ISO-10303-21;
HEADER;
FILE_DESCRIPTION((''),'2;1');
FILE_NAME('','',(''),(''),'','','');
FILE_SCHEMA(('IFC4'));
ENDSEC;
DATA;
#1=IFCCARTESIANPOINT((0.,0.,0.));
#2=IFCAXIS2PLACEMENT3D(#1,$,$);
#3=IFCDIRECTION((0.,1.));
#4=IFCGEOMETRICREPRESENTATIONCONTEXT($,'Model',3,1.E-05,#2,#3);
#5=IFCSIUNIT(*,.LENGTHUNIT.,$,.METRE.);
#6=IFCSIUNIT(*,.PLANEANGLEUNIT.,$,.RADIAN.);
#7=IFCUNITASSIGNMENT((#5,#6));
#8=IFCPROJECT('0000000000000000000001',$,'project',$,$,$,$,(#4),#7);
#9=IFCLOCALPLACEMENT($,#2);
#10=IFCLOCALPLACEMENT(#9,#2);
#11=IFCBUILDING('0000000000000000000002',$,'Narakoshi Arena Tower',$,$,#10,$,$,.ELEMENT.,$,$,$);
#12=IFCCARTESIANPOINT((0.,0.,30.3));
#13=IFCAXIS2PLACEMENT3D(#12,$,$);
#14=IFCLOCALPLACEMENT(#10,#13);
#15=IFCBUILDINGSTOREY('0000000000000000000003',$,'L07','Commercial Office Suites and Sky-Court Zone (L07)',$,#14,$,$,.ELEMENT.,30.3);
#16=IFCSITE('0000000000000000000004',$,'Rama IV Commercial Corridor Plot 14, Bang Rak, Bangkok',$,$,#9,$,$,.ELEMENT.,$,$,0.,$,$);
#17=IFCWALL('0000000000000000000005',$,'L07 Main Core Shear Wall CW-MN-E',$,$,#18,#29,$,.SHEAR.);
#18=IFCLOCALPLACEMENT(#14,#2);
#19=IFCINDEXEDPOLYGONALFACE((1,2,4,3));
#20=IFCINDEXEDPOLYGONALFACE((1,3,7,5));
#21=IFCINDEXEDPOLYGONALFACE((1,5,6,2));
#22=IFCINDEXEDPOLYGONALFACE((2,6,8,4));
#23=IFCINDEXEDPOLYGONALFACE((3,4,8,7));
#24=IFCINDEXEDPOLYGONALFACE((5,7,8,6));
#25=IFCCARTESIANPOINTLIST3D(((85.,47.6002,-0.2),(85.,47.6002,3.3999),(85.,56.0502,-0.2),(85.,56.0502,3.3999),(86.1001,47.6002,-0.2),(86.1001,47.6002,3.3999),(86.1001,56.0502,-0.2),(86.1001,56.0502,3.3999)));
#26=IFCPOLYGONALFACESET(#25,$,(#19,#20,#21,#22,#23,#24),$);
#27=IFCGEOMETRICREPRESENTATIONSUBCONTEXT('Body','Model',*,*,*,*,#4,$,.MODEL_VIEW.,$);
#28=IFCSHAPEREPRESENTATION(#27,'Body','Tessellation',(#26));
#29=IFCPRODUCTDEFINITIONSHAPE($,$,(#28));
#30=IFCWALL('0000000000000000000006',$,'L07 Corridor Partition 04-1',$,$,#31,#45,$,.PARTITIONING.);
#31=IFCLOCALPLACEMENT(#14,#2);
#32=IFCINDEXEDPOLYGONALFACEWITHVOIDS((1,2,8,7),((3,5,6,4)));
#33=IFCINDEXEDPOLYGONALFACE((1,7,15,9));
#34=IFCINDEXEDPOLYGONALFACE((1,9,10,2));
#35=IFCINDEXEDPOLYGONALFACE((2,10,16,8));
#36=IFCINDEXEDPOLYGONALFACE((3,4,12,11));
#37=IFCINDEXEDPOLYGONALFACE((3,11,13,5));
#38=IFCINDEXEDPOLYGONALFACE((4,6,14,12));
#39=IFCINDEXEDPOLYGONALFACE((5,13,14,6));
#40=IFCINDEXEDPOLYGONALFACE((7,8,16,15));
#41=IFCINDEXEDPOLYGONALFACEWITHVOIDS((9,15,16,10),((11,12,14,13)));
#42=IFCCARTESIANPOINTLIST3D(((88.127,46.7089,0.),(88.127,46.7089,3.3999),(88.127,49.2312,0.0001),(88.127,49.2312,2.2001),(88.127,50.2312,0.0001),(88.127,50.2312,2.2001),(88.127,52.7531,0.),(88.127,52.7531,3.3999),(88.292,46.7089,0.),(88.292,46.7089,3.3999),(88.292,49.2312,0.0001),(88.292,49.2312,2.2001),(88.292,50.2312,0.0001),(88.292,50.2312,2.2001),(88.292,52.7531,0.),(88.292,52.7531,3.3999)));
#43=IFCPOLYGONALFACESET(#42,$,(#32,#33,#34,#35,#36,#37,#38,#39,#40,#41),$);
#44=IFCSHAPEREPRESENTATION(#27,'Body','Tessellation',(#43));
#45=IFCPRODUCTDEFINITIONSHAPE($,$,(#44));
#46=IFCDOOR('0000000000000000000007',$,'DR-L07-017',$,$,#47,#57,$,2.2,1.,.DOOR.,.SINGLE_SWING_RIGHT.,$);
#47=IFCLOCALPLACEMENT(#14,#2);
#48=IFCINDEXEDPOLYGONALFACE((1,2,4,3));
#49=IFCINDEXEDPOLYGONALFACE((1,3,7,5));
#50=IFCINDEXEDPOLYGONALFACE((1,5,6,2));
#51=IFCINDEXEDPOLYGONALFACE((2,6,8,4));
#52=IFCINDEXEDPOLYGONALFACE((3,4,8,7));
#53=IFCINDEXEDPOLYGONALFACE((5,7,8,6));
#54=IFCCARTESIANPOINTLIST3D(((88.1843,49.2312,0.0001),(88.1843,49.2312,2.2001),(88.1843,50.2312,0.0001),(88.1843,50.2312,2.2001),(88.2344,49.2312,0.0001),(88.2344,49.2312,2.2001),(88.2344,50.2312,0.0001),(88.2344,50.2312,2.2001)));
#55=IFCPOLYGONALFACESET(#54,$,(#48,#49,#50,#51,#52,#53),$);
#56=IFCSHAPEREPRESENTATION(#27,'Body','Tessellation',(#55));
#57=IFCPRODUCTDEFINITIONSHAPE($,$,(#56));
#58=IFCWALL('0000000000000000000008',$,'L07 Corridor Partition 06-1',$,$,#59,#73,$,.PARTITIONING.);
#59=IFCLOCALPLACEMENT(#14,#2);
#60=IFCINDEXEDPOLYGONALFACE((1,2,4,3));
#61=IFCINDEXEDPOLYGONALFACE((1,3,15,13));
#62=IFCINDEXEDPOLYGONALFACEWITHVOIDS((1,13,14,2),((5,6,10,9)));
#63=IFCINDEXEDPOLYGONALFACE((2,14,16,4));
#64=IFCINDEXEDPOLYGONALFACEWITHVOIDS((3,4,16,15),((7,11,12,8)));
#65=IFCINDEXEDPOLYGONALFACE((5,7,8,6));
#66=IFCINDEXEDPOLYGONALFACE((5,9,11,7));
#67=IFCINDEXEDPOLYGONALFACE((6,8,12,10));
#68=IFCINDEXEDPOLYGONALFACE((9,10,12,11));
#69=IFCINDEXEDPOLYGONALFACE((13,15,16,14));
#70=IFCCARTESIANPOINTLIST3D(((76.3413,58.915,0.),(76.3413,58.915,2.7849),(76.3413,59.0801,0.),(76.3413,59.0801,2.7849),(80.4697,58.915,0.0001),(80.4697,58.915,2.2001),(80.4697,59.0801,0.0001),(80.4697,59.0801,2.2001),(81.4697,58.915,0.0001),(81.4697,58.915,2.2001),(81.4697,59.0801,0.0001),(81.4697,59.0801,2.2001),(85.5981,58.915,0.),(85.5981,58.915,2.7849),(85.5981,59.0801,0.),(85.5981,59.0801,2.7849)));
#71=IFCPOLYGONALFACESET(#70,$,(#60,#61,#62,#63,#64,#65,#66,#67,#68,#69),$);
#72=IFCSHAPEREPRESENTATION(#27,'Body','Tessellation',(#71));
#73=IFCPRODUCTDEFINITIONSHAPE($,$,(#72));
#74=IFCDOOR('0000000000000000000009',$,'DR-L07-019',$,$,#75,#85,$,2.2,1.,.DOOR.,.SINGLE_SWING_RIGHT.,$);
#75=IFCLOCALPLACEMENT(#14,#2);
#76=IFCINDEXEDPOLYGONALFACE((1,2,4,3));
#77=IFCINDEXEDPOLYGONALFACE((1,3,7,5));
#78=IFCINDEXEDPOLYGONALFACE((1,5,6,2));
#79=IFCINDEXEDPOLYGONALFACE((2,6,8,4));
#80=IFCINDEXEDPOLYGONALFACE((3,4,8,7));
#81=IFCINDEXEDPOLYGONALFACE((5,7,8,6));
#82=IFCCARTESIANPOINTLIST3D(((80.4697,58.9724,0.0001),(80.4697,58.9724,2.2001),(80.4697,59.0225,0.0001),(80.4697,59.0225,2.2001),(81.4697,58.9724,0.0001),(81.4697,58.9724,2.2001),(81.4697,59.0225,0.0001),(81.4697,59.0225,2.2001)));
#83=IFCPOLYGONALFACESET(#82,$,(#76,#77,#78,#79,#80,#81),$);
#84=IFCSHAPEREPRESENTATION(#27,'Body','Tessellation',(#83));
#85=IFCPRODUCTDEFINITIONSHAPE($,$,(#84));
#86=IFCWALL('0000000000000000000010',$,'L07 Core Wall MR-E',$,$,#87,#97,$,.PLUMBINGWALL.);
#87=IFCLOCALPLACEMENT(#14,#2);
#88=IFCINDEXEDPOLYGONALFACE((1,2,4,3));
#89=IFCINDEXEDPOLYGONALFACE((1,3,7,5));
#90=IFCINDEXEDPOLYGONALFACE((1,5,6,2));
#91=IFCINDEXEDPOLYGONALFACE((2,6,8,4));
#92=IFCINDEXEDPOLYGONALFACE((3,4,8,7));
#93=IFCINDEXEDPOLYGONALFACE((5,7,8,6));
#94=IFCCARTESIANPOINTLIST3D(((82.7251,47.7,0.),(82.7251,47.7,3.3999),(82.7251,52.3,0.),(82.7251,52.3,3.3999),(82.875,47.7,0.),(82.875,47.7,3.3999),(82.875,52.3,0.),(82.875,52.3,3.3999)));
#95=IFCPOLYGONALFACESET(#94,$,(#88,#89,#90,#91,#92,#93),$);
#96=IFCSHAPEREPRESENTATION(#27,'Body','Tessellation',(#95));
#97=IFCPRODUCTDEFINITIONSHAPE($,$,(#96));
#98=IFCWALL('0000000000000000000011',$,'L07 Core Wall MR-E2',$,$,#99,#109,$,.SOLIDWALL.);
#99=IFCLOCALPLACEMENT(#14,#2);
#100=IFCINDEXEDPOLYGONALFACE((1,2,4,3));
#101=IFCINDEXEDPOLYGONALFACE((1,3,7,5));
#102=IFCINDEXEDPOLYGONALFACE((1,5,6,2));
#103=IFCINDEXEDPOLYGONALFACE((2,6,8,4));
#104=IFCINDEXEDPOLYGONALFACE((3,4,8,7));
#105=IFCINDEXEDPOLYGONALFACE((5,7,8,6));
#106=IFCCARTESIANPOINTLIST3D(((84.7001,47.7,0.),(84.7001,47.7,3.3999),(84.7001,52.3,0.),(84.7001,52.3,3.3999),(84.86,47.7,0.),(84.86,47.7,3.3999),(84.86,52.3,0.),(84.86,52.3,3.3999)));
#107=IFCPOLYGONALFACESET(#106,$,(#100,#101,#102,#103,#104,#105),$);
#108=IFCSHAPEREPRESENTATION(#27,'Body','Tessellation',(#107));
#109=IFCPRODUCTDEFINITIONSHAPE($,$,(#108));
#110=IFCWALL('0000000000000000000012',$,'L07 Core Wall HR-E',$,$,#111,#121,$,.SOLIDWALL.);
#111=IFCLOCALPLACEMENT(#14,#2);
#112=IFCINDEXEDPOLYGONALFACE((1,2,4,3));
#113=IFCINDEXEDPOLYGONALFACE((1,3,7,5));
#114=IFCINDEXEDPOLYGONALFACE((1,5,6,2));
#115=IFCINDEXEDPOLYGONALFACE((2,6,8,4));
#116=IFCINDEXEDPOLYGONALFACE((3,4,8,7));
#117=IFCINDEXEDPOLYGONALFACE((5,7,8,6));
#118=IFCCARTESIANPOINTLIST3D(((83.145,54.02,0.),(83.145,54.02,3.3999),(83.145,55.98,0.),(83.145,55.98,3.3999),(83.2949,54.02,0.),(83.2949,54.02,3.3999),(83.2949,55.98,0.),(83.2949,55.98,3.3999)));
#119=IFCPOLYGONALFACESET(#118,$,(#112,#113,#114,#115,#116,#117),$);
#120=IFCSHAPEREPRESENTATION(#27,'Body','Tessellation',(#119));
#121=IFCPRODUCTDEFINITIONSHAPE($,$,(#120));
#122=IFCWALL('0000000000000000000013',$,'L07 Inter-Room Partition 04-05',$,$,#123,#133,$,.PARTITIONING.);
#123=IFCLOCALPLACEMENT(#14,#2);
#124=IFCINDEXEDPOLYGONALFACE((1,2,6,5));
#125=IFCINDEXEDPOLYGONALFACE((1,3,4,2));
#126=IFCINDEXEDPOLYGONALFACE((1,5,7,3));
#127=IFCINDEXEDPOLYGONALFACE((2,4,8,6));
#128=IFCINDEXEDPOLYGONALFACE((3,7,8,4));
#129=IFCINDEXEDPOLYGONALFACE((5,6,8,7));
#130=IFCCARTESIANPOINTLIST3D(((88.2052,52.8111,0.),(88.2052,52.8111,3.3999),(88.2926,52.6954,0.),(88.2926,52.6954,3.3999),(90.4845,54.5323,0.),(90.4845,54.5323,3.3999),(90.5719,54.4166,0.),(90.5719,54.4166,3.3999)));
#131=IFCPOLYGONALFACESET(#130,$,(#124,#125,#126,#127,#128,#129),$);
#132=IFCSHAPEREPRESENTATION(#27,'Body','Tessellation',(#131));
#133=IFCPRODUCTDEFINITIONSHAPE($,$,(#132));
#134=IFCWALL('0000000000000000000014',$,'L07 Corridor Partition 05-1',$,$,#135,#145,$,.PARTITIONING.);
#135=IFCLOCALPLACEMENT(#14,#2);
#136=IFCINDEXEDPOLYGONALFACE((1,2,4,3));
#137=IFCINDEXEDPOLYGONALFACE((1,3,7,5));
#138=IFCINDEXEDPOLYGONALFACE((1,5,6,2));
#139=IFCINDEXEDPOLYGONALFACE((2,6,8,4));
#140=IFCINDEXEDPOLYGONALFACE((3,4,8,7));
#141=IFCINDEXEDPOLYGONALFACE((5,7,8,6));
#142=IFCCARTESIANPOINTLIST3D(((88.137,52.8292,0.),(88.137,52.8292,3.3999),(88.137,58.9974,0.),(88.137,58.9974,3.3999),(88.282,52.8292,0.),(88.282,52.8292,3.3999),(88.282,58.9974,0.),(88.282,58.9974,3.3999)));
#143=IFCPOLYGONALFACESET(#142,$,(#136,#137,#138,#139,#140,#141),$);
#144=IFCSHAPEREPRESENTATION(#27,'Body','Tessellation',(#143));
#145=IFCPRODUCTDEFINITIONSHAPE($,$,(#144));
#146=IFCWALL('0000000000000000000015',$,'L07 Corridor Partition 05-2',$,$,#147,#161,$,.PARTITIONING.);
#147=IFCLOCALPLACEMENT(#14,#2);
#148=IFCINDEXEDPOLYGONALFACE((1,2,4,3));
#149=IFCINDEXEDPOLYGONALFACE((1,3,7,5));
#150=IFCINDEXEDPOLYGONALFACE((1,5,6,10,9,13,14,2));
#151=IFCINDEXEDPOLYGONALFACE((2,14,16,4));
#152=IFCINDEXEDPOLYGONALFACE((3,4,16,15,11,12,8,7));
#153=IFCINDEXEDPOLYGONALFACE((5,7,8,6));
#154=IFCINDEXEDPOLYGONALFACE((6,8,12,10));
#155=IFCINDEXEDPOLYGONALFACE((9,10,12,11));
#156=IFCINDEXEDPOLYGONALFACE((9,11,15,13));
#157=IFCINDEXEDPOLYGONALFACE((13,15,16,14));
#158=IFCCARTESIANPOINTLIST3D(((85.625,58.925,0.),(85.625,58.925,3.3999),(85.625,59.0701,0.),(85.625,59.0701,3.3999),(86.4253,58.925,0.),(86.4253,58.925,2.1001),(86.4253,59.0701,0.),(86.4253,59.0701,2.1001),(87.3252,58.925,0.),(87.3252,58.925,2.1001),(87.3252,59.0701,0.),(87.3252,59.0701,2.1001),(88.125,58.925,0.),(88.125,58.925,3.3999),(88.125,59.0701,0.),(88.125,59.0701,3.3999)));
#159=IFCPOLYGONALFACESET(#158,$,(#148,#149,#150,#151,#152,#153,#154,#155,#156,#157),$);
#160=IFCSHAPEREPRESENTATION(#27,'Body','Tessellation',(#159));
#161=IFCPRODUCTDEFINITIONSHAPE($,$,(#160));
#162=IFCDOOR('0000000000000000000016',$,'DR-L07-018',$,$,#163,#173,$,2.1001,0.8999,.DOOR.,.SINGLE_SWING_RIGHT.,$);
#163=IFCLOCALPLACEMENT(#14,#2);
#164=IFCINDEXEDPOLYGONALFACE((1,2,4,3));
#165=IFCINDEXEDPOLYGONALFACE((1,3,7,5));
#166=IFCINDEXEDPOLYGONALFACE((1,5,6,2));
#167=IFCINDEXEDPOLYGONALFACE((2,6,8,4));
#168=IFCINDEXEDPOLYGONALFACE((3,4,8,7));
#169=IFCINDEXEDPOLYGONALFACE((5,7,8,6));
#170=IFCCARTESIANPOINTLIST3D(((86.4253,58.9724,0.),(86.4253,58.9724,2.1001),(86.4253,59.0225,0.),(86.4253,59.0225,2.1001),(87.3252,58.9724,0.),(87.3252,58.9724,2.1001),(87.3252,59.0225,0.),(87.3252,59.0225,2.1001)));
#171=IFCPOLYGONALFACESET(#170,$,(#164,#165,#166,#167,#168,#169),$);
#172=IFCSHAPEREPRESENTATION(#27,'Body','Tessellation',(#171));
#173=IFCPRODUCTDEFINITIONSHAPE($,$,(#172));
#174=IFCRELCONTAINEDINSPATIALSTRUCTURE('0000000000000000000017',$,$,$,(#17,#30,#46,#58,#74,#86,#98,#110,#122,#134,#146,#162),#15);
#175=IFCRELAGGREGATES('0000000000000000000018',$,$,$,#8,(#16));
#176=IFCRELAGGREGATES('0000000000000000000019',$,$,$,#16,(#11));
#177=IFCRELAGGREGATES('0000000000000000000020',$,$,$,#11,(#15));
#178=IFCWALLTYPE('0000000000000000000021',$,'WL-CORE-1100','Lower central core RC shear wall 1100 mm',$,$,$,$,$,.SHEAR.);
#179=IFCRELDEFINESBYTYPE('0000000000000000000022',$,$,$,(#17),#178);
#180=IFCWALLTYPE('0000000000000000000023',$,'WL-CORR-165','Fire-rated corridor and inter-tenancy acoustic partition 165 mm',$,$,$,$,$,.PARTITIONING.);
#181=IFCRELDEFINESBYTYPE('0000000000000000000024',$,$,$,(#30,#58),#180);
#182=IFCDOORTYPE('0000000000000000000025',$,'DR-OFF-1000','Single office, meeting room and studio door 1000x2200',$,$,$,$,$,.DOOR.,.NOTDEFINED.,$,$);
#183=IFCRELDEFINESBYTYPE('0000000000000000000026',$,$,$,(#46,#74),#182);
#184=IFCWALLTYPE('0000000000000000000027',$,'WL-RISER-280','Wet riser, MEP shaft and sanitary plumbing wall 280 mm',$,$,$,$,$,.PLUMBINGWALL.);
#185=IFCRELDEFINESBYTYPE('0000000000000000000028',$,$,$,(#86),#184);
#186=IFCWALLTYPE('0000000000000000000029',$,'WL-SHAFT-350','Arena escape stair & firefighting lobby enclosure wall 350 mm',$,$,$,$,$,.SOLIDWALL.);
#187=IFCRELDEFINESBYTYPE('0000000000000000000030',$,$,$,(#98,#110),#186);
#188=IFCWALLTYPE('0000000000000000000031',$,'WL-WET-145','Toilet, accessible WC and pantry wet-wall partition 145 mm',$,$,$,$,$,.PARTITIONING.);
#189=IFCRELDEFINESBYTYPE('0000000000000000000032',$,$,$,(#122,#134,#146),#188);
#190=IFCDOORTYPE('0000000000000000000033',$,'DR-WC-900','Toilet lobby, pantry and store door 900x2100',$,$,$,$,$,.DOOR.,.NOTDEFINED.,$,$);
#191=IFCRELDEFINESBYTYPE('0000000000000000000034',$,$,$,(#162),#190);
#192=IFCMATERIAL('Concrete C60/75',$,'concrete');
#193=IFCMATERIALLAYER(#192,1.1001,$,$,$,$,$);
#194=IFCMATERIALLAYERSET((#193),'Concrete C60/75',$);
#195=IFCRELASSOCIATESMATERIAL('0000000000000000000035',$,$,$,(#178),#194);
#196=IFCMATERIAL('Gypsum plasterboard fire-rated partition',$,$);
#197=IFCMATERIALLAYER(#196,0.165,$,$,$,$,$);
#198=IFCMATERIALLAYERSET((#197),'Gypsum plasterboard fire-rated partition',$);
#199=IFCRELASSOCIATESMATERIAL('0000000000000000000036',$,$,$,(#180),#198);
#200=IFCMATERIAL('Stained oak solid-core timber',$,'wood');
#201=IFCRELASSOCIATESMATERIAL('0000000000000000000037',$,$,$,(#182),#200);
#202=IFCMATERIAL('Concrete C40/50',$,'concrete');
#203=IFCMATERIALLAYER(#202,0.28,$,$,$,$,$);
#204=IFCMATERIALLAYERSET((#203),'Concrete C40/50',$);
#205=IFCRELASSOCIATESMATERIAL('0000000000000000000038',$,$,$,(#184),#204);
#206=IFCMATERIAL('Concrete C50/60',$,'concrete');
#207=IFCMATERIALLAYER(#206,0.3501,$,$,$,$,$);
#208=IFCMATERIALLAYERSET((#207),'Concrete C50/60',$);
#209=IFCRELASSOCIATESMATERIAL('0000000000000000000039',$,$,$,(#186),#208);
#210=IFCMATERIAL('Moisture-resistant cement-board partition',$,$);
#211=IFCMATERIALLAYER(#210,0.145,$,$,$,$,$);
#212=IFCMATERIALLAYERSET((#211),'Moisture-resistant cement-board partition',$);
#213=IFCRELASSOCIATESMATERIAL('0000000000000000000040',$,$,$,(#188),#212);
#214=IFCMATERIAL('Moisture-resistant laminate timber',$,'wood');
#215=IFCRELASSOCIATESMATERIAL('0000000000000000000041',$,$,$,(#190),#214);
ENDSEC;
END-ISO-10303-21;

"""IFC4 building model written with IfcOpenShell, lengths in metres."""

from ifc_helpers import new_model, si_unit, direction, frame, frame_2d, origin, place, context, subcontext, project, spatial, rectangle, extrude, material, layer, layer_set, type_object, element, fill, save


model = new_model("IFC4")

# Units and contexts
model_context = context("Model", 3, precision=1e-05, world=origin(), true_north=direction((0.0, 1.0)))
body_context = subcontext(model_context, "Body", "Model", "MODEL_VIEW")
ifc_project = project(units=[si_unit("LENGTHUNIT", "METRE"), si_unit("PLANEANGLEUNIT", "RADIAN")], contexts=[model_context])

# Site, building, storey
site_placement = place(None, origin())
site = spatial("IfcSite", under=ifc_project, at=site_placement, Name="Rama IV Commercial Corridor Plot 14, Bang Rak, Bangkok", CompositionType="ELEMENT", RefElevation=0.0)
building_placement = place(site_placement, origin())
building = spatial("IfcBuilding", under=site, at=building_placement, Name="Narakoshi Arena Tower", CompositionType="ELEMENT")
storey_placement = place(building_placement, frame((0.0, 0.0, 30.3)))
storey = spatial("IfcBuildingStorey", under=building, at=storey_placement, Name="L07", Description="Commercial Office Suites and Sky-Court Zone (L07)", CompositionType="ELEMENT", Elevation=30.3)

# Shared definitions
ifc_material_1 = material(Name="Concrete C60/75", Category="concrete")

# Wall
ifc_layer_1 = layer(ifc_material_1, 1.1001)
ifc_layer_set_1 = layer_set([ifc_layer_1], Name="Concrete C60/75")
wall_type_1 = type_object("IfcWallType", Name="WL-CORE-1100", Description="Lower central core RC shear wall 1100 mm", PredefinedType="SHEAR", material=ifc_layer_set_1)
wall_1_placement = place(storey_placement, frame((85.55, 47.6001, -0.2), z_axis=(0.0, 0.0, 1.0), x_axis=(0.0, 1.0, 0.0)))
element("IfcWall", 1, at=wall_1_placement, inside=storey, type_object=wall_type_1, Name="L07 Main Core Shear Wall CW-MN-E", PredefinedType="SHEAR", context=body_context, shape_type="SweptSolid", body=[
    extrude(rectangle(XDim=8.45, YDim=1.1001, at=frame_2d((4.2251, 0.0))), origin(), (0.0, 0.0, 1.0), 3.5999),
])

# Walls, openings, doors
ifc_material_2 = material(Name="Gypsum plasterboard fire-rated partition")
ifc_layer_2 = layer(ifc_material_2, 0.165)
ifc_layer_set_2 = layer_set([ifc_layer_2], Name="Gypsum plasterboard fire-rated partition")
wall_type_2 = type_object("IfcWallType", Name="WL-CORR-165", Description="Fire-rated corridor and inter-tenancy acoustic partition 165 mm", PredefinedType="PARTITIONING", material=ifc_layer_set_2)
wall_2_placement = place(storey_placement, frame((88.2095, 46.709, 0.0), z_axis=(0.0, 0.0, 1.0), x_axis=(0.0, 1.0, 0.0)))
wall_2 = element("IfcWall", 2, at=wall_2_placement, inside=storey, type_object=wall_type_2, Name="L07 Corridor Partition 04-1", PredefinedType="PARTITIONING", context=body_context, shape_type="SweptSolid", body=[
    extrude(rectangle(XDim=6.0442, YDim=0.165, at=frame_2d((3.022, 0.0))), origin(), (0.0, 0.0, 1.0), 3.3999),
])
opening_1_placement = place(wall_2_placement, frame((2.5222, 0.0, 0.0)))
opening_1 = element("IfcOpeningElement", 3, at=opening_1_placement, cuts=wall_2, PredefinedType="OPENING", context=body_context, shape_type="SweptSolid", body=[
    extrude(rectangle(XDim=1.0, YDim=2.2, at=frame_2d((0.5, 1.1001))), frame((0.0, 0.0925, 0.0), z_axis=(0.0, -1.0, 0.0), x_axis=(1.0, 0.0, 0.0)), (0.0, 0.0, 1.0), 0.1851),
])
ifc_material_3 = material(Name="Stained oak solid-core timber", Category="wood")
door_type_1 = type_object("IfcDoorType", Name="DR-OFF-1000", Description="Single office, meeting room and studio door 1000x2200", OperationType="NOTDEFINED", PredefinedType="DOOR", material=ifc_material_3)
door_1_placement = place(opening_1_placement, frame((1.0, 0.0, 0.0), z_axis=(0.0, 0.0, 1.0), x_axis=(-1.0, 0.0, 0.0)))
door_1 = element("IfcDoor", 4, at=door_1_placement, inside=storey, type_object=door_type_1, Name="DR-L07-017", OperationType="SINGLE_SWING_RIGHT", OverallHeight=2.2, OverallWidth=1.0, PredefinedType="DOOR", context=body_context, shape_type="SweptSolid", body=[
    extrude(rectangle(XDim=1.0, YDim=2.2, at=frame_2d((0.5, 1.1001))), frame((0.0, 0.0249, 0.0), z_axis=(0.0, -1.0, 0.0), x_axis=(1.0, 0.0, 0.0)), (0.0, 0.0, 1.0), 0.05),
])
fill(opening_1, door_1)
wall_3_placement = place(storey_placement, frame((85.5981, 58.9976, 0.0), z_axis=(0.0, 0.0, 1.0), x_axis=(-1.0, 0.0, 0.0)))
wall_3 = element("IfcWall", 5, at=wall_3_placement, inside=storey, type_object=wall_type_2, Name="L07 Corridor Partition 06-1", PredefinedType="PARTITIONING", context=body_context, shape_type="SweptSolid", body=[
    extrude(rectangle(XDim=9.2568, YDim=0.165, at=frame_2d((4.6284, 0.0))), origin(), (0.0, 0.0, 1.0), 2.7849),
])
opening_2_placement = place(wall_3_placement, frame((4.1284, 0.0, 0.0)))
opening_2 = element("IfcOpeningElement", 6, at=opening_2_placement, cuts=wall_3, PredefinedType="OPENING", context=body_context, shape_type="SweptSolid", body=[
    extrude(rectangle(XDim=1.0, YDim=2.2, at=frame_2d((0.5, 1.1001))), frame((0.0, 0.0925, 0.0), z_axis=(0.0, -1.0, 0.0), x_axis=(1.0, 0.0, 0.0)), (0.0, 0.0, 1.0), 0.1851),
])
door_2_placement = place(opening_2_placement, frame((1.0, 0.0, 0.0), z_axis=(0.0, 0.0, 1.0), x_axis=(-1.0, 0.0, 0.0)))
door_2 = element("IfcDoor", 7, at=door_2_placement, inside=storey, type_object=door_type_1, Name="DR-L07-019", OperationType="SINGLE_SWING_RIGHT", OverallHeight=2.2, OverallWidth=1.0, PredefinedType="DOOR", context=body_context, shape_type="SweptSolid", body=[
    extrude(rectangle(XDim=1.0, YDim=2.2, at=frame_2d((0.5, 1.1001))), frame((0.0, 0.0249, 0.0), z_axis=(0.0, -1.0, 0.0), x_axis=(1.0, 0.0, 0.0)), (0.0, 0.0, 1.0), 0.05),
])
fill(opening_2, door_2)

# Walls
ifc_material_4 = material(Name="Concrete C40/50", Category="concrete")
ifc_layer_3 = layer(ifc_material_4, 0.28)
ifc_layer_set_3 = layer_set([ifc_layer_3], Name="Concrete C40/50")
wall_type_3 = type_object("IfcWallType", Name="WL-RISER-280", Description="Wet riser, MEP shaft and sanitary plumbing wall 280 mm", PredefinedType="PLUMBINGWALL", material=ifc_layer_set_3)
wall_4_placement = place(storey_placement, frame((82.8, 47.7, 0.0), z_axis=(0.0, 0.0, 1.0), x_axis=(0.0, 1.0, 0.0)))
element("IfcWall", 8, at=wall_4_placement, inside=storey, type_object=wall_type_3, Name="L07 Core Wall MR-E", PredefinedType="PLUMBINGWALL", context=body_context, shape_type="SweptSolid", body=[
    extrude(rectangle(XDim=4.6001, YDim=0.1499, at=frame_2d((2.3, 0.0))), origin(), (0.0, 0.0, 1.0), 3.3999),
])
ifc_material_5 = material(Name="Concrete C50/60", Category="concrete")
ifc_layer_4 = layer(ifc_material_5, 0.3501)
ifc_layer_set_4 = layer_set([ifc_layer_4], Name="Concrete C50/60")
wall_type_4 = type_object("IfcWallType", Name="WL-SHAFT-350", Description="Arena escape stair & firefighting lobby enclosure wall 350 mm", PredefinedType="SOLIDWALL", material=ifc_layer_set_4)
wall_5_placement = place(storey_placement, frame((84.78, 47.7, 0.0), z_axis=(0.0, 0.0, 1.0), x_axis=(0.0, 1.0, 0.0)))
element("IfcWall", 9, at=wall_5_placement, inside=storey, type_object=wall_type_4, Name="L07 Core Wall MR-E2", PredefinedType="SOLIDWALL", context=body_context, shape_type="SweptSolid", body=[
    extrude(rectangle(XDim=4.6001, YDim=0.1599, at=frame_2d((2.3, 0.0))), origin(), (0.0, 0.0, 1.0), 3.3999),
])
wall_6_placement = place(storey_placement, frame((83.22, 54.02, 0.0), z_axis=(0.0, 0.0, 1.0), x_axis=(0.0, 1.0, 0.0)))
element("IfcWall", 10, at=wall_6_placement, inside=storey, type_object=wall_type_4, Name="L07 Core Wall HR-E", PredefinedType="SOLIDWALL", context=body_context, shape_type="SweptSolid", body=[
    extrude(rectangle(XDim=1.96, YDim=0.1499, at=frame_2d((0.98, 0.0))), origin(), (0.0, 0.0, 1.0), 3.3999),
])
ifc_material_6 = material(Name="Moisture-resistant cement-board partition")
ifc_layer_5 = layer(ifc_material_6, 0.145)
ifc_layer_set_5 = layer_set([ifc_layer_5], Name="Moisture-resistant cement-board partition")
wall_type_5 = type_object("IfcWallType", Name="WL-WET-145", Description="Toilet, accessible WC and pantry wet-wall partition 145 mm", PredefinedType="PARTITIONING", material=ifc_layer_set_5)
wall_7_placement = place(storey_placement, frame((88.2488, 52.7532, 0.0), z_axis=(0.0, 0.0, 1.0), x_axis=(0.798026, 0.602623, 0.0)))
element("IfcWall", 11, at=wall_7_placement, inside=storey, type_object=wall_type_5, Name="L07 Inter-Room Partition 04-05", PredefinedType="PARTITIONING", context=body_context, shape_type="SweptSolid", body=[
    extrude(rectangle(XDim=2.8562, YDim=0.145, at=frame_2d((1.4282, 0.0))), origin(), (0.0, 0.0, 1.0), 3.3999),
])
wall_8_placement = place(storey_placement, frame((88.2095, 52.8293, 0.0), z_axis=(0.0, 0.0, 1.0), x_axis=(0.0, 1.0, 0.0)))
element("IfcWall", 12, at=wall_8_placement, inside=storey, type_object=wall_type_5, Name="L07 Corridor Partition 05-1", PredefinedType="PARTITIONING", context=body_context, shape_type="SweptSolid", body=[
    extrude(rectangle(XDim=6.1682, YDim=0.145, at=frame_2d((3.084, 0.0))), origin(), (0.0, 0.0, 1.0), 3.3999),
])

# Wall, opening, door
wall_9_placement = place(storey_placement, frame((88.125, 58.9976, 0.0), z_axis=(0.0, 0.0, 1.0), x_axis=(-1.0, 0.0, 0.0)))
wall_9 = element("IfcWall", 13, at=wall_9_placement, inside=storey, type_object=wall_type_5, Name="L07 Corridor Partition 05-2", PredefinedType="PARTITIONING", context=body_context, shape_type="SweptSolid", body=[
    extrude(rectangle(XDim=2.5, YDim=0.145, at=frame_2d((1.25, 0.0))), origin(), (0.0, 0.0, 1.0), 3.3999),
])
opening_3_placement = place(wall_9_placement, frame((0.7998, 0.0, 0.0)))
opening_3 = element("IfcOpeningElement", 14, at=opening_3_placement, cuts=wall_9, PredefinedType="OPENING", context=body_context, shape_type="SweptSolid", body=[
    extrude(rectangle(XDim=0.8999, YDim=2.1001, at=frame_2d((0.45, 1.05))), frame((0.0, 0.0825, 0.0), z_axis=(0.0, -1.0, 0.0), x_axis=(1.0, 0.0, 0.0)), (0.0, 0.0, 1.0), 0.165),
])
ifc_material_7 = material(Name="Moisture-resistant laminate timber", Category="wood")
door_type_2 = type_object("IfcDoorType", Name="DR-WC-900", Description="Toilet lobby, pantry and store door 900x2100", OperationType="NOTDEFINED", PredefinedType="DOOR", material=ifc_material_7)
door_3_placement = place(opening_3_placement, frame((0.8999, 0.0, 0.0), z_axis=(0.0, 0.0, 1.0), x_axis=(-1.0, 0.0, 0.0)))
door_3 = element("IfcDoor", 15, at=door_3_placement, inside=storey, type_object=door_type_2, Name="DR-L07-018", OperationType="SINGLE_SWING_RIGHT", OverallHeight=2.1001, OverallWidth=0.8999, PredefinedType="DOOR", context=body_context, shape_type="SweptSolid", body=[
    extrude(rectangle(XDim=0.8999, YDim=2.1001, at=frame_2d((0.45, 1.05))), frame((0.0, 0.0249, 0.0), z_axis=(0.0, -1.0, 0.0), x_axis=(1.0, 0.0, 0.0)), (0.0, 0.0, 1.0), 0.05),
])
fill(opening_3, door_3)

save(model, "model.ifc")
